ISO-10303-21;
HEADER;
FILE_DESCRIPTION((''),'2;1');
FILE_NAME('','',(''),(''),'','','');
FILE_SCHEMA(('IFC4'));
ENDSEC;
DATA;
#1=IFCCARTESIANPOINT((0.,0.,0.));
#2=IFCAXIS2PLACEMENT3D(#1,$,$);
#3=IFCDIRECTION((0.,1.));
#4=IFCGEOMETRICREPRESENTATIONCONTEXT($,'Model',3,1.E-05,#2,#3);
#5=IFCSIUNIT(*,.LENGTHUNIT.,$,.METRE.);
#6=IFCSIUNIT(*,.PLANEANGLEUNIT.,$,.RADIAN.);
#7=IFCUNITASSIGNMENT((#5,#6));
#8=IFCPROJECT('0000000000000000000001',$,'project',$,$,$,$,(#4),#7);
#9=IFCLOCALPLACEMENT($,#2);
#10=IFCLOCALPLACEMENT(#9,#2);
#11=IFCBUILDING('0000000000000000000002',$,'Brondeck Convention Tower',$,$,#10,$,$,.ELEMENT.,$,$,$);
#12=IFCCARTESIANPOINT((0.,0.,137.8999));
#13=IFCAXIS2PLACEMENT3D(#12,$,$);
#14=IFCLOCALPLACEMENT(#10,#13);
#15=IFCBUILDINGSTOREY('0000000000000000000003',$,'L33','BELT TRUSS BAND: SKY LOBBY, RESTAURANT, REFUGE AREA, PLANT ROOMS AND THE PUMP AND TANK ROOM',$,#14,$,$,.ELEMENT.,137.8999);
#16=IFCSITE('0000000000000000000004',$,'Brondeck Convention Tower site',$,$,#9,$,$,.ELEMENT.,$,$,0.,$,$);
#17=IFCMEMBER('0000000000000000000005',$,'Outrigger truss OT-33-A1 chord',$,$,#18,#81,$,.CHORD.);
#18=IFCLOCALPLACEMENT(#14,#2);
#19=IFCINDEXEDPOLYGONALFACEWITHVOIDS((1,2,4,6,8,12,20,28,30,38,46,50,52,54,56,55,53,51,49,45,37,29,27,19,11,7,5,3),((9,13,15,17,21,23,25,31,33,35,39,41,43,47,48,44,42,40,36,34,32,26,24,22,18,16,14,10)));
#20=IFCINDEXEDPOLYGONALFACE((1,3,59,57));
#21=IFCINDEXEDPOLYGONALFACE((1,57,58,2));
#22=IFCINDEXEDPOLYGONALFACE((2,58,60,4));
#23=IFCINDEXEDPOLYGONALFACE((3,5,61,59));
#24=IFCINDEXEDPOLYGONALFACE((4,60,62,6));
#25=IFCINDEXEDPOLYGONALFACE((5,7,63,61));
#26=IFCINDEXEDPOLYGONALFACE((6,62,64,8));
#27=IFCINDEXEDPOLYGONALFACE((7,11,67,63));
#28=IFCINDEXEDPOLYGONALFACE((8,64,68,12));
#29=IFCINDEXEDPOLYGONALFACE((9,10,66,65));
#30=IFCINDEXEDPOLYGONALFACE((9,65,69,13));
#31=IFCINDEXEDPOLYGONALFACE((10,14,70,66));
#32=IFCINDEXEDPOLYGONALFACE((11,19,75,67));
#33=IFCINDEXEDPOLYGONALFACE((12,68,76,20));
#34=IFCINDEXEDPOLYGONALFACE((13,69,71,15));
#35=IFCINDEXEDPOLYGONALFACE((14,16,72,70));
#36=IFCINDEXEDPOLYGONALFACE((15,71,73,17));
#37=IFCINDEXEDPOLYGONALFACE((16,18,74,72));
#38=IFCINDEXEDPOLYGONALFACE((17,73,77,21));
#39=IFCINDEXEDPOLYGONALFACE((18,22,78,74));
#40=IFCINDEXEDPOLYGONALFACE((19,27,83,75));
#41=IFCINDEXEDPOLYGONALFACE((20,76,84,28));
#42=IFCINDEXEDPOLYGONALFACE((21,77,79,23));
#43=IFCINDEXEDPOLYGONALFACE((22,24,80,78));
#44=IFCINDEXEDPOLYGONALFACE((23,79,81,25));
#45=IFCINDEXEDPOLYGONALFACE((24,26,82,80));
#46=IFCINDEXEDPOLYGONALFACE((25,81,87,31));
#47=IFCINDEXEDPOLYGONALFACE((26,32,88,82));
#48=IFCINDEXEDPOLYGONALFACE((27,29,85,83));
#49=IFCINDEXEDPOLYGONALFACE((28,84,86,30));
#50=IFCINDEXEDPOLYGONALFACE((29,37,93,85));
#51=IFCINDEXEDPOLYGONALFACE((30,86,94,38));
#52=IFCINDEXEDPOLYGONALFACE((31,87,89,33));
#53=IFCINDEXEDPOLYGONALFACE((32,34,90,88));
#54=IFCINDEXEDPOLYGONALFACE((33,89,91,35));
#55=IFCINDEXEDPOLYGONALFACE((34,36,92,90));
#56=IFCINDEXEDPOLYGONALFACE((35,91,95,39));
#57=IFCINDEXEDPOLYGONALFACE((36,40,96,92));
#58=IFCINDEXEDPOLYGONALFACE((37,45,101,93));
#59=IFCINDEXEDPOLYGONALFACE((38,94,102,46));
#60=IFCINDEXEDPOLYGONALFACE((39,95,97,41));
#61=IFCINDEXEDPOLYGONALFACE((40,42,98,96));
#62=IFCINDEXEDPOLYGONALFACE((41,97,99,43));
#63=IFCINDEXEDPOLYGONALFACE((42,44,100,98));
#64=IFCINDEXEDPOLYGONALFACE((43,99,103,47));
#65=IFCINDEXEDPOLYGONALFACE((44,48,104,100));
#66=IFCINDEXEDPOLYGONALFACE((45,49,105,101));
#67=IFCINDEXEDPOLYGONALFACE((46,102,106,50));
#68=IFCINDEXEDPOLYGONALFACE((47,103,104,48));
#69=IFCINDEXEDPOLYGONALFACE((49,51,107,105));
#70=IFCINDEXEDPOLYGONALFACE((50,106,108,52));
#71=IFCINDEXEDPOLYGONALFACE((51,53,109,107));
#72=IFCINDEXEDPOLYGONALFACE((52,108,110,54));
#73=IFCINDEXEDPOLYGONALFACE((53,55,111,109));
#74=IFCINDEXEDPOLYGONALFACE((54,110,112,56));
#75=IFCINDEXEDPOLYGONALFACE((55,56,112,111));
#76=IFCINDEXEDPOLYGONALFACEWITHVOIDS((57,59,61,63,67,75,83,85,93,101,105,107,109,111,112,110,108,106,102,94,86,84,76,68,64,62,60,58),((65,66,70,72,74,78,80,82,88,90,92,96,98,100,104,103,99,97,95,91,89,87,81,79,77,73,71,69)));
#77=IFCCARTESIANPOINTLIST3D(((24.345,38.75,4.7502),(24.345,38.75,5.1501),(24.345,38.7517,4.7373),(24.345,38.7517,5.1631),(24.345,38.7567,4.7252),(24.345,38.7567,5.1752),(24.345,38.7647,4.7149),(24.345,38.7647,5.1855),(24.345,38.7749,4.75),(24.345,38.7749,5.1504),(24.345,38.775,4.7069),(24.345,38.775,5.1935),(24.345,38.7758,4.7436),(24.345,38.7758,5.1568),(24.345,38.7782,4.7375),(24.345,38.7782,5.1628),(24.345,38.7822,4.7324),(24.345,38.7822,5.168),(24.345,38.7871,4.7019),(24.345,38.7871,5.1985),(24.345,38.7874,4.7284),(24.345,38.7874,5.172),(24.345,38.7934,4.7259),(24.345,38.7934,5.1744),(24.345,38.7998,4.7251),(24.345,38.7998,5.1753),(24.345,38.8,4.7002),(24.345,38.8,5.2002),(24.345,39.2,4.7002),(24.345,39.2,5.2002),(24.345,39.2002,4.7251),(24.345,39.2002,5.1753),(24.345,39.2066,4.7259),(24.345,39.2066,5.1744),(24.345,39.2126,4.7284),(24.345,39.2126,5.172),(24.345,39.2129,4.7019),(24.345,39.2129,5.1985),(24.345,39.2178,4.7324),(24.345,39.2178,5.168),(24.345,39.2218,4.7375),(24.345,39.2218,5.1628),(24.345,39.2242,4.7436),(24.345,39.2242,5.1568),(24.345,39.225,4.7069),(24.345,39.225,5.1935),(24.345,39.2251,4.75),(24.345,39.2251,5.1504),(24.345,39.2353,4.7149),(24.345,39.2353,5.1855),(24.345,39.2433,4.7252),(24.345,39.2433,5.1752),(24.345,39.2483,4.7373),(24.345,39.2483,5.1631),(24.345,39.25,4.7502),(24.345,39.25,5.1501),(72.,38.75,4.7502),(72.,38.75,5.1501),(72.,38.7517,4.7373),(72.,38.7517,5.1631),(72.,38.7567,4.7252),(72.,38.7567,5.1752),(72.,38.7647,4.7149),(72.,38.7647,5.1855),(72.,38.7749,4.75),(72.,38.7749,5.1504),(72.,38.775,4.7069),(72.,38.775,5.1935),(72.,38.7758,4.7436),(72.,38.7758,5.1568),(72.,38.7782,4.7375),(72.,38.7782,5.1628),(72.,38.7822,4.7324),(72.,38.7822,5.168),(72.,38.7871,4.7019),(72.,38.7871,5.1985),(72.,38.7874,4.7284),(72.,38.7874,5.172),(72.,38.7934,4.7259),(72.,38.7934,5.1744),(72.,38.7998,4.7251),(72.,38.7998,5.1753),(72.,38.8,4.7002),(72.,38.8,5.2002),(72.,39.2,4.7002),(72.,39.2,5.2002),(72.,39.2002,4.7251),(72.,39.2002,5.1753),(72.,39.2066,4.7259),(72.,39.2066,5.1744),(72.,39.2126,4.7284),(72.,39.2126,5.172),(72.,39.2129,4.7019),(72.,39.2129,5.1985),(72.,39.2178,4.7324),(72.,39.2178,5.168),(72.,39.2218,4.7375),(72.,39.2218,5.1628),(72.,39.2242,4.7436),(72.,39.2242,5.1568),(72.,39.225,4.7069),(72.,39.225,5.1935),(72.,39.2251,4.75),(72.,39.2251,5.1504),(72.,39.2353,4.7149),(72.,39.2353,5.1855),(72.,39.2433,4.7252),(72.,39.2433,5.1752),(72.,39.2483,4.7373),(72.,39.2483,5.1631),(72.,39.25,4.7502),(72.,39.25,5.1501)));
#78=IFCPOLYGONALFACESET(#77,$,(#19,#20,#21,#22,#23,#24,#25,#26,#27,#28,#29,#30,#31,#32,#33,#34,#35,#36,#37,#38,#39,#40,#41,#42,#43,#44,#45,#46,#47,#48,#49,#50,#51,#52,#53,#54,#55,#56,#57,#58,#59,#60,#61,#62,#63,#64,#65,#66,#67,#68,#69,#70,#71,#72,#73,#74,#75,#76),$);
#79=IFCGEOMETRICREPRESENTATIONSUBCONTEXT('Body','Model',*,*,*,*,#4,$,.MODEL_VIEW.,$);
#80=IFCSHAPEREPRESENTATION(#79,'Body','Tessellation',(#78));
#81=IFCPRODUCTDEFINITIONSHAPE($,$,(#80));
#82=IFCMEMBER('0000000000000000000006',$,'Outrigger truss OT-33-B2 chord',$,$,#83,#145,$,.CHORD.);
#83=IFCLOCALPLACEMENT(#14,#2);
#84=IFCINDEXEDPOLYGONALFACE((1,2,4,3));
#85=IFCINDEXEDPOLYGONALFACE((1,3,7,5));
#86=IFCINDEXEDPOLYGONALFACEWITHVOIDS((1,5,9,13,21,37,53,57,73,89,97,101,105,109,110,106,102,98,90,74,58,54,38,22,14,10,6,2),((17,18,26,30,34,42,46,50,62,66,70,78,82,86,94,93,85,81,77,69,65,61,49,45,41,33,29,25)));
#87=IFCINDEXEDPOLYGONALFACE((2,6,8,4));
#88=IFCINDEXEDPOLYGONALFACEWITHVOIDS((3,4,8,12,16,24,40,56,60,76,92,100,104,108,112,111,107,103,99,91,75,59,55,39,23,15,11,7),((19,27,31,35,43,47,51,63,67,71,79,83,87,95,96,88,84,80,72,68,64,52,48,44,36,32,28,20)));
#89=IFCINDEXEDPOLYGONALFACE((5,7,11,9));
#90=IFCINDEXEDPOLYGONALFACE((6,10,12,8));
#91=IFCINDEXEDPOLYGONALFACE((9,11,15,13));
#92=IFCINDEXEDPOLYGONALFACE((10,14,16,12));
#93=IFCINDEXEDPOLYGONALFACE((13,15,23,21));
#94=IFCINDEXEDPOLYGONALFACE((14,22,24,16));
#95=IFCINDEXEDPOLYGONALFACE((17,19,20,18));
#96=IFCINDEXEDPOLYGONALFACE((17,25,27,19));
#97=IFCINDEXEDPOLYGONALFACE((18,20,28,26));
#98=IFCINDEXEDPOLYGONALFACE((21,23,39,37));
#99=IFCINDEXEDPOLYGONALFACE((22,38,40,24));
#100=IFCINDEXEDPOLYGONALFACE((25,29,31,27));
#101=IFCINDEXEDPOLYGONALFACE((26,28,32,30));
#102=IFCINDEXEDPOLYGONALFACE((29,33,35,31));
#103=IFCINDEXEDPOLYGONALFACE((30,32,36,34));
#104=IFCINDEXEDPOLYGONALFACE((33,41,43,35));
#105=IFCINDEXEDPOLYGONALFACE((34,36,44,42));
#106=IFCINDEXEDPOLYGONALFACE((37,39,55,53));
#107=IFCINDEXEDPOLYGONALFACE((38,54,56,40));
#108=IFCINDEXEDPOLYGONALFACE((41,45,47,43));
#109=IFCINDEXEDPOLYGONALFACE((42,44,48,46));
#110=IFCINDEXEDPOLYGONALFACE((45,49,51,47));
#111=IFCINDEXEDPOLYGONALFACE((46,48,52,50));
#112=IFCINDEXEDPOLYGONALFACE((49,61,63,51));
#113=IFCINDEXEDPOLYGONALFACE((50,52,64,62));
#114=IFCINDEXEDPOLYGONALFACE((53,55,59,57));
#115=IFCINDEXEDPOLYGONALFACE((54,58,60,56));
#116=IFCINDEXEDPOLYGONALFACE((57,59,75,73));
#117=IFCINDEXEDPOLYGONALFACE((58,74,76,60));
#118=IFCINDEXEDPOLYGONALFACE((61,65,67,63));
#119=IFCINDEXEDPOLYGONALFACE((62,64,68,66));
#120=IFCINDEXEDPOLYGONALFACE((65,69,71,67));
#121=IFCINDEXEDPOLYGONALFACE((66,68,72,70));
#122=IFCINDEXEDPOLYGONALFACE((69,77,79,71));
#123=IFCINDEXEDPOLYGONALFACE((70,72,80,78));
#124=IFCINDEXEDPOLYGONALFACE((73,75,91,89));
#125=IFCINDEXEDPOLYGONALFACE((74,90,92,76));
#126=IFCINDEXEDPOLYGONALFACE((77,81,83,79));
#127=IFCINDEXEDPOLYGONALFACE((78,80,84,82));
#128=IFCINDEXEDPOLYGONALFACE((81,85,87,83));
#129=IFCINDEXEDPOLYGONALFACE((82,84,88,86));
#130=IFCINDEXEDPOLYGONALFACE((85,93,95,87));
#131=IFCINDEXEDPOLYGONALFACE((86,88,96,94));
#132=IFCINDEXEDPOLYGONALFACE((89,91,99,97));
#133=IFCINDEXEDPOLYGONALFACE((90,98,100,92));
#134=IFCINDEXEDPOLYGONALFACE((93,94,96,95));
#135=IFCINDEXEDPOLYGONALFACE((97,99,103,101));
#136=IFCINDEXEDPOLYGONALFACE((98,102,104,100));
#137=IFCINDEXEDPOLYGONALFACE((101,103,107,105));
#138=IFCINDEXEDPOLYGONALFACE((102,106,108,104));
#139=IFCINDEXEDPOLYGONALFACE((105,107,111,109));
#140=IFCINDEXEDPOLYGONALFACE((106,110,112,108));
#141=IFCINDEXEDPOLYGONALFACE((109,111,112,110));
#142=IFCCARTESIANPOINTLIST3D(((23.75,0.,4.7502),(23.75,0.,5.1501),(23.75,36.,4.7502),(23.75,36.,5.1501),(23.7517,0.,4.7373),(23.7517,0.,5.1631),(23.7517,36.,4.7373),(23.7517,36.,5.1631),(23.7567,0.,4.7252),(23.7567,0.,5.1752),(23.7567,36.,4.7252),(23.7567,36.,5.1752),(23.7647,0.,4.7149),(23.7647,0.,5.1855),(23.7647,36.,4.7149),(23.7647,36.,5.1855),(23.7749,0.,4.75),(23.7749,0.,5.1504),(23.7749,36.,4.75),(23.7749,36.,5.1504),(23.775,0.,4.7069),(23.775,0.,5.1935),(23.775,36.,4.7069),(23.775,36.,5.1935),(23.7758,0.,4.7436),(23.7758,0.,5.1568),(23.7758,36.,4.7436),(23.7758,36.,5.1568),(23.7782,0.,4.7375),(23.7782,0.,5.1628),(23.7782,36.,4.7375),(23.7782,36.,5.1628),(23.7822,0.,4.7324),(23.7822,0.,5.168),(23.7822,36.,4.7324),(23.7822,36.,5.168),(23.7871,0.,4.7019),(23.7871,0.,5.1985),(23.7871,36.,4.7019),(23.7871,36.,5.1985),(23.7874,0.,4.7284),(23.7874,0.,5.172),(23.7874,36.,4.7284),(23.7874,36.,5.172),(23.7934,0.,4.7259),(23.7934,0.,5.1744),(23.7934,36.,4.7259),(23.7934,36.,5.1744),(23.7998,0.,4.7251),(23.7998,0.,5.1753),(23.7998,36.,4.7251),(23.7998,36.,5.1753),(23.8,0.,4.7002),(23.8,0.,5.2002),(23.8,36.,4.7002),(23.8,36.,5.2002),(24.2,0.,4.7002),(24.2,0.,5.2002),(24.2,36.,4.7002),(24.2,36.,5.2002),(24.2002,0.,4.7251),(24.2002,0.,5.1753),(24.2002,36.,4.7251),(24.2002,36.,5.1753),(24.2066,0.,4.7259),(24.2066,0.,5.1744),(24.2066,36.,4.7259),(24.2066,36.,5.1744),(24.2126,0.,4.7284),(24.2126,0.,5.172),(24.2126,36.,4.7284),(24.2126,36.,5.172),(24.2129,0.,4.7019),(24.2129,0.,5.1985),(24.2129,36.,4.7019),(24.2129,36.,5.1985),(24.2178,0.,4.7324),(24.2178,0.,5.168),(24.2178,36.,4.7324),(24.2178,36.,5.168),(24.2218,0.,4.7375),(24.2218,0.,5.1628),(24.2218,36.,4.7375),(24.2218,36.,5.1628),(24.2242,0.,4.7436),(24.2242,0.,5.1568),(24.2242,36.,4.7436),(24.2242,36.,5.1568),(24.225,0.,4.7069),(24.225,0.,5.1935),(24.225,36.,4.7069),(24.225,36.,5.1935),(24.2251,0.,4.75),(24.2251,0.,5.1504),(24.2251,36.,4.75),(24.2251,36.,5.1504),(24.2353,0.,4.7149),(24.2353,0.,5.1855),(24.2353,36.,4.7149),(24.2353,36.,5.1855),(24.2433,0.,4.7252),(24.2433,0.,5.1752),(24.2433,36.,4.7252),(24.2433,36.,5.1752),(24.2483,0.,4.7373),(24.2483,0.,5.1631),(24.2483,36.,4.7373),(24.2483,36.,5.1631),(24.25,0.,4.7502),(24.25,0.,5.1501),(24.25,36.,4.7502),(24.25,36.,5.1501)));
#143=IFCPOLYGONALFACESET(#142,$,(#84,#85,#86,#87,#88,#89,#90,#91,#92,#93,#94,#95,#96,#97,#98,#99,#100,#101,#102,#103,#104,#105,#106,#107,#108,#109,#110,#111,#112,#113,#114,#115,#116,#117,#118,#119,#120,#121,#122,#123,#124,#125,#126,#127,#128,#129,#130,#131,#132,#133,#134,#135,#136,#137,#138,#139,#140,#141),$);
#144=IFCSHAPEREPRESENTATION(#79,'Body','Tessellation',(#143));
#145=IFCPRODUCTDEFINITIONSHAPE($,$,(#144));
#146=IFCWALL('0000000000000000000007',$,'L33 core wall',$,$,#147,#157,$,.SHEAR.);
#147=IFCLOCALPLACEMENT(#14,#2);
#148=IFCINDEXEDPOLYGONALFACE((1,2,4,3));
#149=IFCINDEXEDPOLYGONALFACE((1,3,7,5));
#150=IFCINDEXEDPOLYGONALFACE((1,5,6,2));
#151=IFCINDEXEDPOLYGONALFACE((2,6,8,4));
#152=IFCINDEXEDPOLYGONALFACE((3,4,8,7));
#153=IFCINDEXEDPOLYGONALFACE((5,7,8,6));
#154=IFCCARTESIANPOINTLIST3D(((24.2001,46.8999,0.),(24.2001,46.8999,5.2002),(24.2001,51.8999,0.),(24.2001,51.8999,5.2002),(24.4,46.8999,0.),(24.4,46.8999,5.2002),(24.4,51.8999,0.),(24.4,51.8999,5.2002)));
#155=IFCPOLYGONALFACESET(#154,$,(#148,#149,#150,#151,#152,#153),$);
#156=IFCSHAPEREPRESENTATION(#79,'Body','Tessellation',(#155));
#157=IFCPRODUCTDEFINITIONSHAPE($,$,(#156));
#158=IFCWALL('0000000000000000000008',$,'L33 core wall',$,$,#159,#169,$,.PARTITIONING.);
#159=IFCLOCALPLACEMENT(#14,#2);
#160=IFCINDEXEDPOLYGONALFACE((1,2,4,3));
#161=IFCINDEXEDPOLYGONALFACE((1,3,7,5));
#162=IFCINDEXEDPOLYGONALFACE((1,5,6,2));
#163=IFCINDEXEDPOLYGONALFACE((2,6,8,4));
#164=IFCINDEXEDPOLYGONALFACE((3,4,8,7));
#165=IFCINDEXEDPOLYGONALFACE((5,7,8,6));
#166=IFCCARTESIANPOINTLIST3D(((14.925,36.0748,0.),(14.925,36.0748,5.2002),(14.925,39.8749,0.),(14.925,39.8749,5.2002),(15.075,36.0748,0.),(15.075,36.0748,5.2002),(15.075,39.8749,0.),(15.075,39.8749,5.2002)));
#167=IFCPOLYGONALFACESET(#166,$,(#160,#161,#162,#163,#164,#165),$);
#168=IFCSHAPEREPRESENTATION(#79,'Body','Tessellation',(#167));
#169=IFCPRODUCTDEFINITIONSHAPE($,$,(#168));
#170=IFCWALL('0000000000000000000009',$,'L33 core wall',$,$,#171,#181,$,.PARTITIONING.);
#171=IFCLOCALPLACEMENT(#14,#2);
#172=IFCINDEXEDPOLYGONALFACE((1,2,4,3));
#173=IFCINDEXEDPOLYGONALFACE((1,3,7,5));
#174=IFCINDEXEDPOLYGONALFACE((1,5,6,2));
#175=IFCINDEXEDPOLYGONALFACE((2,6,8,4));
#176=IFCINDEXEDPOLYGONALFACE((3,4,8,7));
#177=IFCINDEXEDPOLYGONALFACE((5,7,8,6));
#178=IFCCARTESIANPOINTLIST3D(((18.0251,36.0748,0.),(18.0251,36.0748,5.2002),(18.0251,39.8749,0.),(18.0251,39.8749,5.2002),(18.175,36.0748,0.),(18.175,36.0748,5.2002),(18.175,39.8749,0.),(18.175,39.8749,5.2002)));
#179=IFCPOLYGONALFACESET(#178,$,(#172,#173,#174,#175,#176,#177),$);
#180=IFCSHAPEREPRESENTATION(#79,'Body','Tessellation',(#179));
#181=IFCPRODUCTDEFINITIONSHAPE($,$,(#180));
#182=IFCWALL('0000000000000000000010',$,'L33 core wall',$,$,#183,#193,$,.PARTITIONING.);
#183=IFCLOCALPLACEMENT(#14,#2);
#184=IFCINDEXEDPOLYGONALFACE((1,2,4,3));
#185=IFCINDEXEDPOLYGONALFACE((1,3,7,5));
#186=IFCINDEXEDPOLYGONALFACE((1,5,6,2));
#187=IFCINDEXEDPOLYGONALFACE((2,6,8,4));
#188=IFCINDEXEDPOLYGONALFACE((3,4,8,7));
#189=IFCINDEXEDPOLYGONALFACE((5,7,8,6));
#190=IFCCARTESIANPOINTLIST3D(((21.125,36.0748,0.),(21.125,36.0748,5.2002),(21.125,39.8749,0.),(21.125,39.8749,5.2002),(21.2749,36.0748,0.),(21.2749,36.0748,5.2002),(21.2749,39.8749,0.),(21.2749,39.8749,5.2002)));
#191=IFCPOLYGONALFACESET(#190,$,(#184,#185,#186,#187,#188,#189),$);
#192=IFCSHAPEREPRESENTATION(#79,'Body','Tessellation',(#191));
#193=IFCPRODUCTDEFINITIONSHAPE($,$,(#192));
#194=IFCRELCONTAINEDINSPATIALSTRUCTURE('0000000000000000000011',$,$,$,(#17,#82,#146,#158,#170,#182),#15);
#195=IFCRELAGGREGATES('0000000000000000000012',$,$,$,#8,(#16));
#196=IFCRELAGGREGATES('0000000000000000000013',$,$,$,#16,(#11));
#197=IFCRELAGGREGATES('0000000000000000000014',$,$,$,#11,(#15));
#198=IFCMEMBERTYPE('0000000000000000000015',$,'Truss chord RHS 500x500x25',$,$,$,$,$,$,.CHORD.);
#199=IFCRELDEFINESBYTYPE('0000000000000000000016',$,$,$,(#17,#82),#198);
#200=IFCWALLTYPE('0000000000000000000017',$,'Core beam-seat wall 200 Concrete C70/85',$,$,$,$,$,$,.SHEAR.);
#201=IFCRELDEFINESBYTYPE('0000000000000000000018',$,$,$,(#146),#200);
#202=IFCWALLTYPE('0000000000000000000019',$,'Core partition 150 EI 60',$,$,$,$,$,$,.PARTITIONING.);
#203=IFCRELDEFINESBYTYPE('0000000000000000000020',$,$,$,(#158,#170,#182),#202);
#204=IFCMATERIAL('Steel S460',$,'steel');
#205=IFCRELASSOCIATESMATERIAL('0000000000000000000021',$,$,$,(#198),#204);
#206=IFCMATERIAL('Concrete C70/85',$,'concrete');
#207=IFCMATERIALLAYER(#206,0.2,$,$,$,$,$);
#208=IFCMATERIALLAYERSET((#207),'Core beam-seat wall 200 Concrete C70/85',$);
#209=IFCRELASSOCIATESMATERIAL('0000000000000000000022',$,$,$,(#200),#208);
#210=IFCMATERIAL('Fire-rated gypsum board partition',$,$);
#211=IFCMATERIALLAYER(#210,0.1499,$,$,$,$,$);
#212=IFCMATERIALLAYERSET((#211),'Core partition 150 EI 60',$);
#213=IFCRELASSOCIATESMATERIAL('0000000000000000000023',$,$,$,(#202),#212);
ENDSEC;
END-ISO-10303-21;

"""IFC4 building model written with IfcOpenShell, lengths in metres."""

from ifc_helpers import new_model, si_unit, direction, frame, frame_2d, origin, origin_2d, place, context, subcontext, project, spatial, rectangle, hollow_rectangle, extrude, material, layer, layer_set, material_profile, profile_set, type_object, element, save


model = new_model("IFC4")

# Units and contexts
model_context = context("Model", 3, precision=1e-05, world=origin(), true_north=direction((0.0, 1.0)))
body_context = subcontext(model_context, "Body", "Model", "MODEL_VIEW")
ifc_project = project(units=[si_unit("LENGTHUNIT", "METRE"), si_unit("PLANEANGLEUNIT", "RADIAN")], contexts=[model_context])

# Site, building, storey
site_placement = place(None, origin())
site = spatial("IfcSite", under=ifc_project, at=site_placement, Name="Brondeck Convention Tower site", CompositionType="ELEMENT", RefElevation=0.0)
building_placement = place(site_placement, origin())
building = spatial("IfcBuilding", under=site, at=building_placement, Name="Brondeck Convention Tower", CompositionType="ELEMENT")
storey_placement = place(building_placement, frame((0.0, 0.0, 137.8999)))
storey = spatial("IfcBuildingStorey", under=building, at=storey_placement, Name="L33", Description="BELT TRUSS BAND: SKY LOBBY, RESTAURANT, REFUGE AREA, PLANT ROOMS AND THE PUMP AND TANK ROOM", CompositionType="ELEMENT", Elevation=137.8999)

# Members
ifc_material_1 = material(Name="Steel S460", Category="steel")
ifc_material_profile = material_profile(ifc_material_1, hollow_rectangle(XDim=0.5, YDim=0.5, WallThickness=0.0249, InnerFilletRadius=0.0249, OuterFilletRadius=0.05, at=origin_2d()), Name="RHS 500x500x25")
ifc_profile_set = profile_set([ifc_material_profile], Name="Steel S460")
member_type = type_object("IfcMemberType", Name="Truss chord RHS 500x500x25", PredefinedType="CHORD", material=ifc_profile_set)
member_1_placement = place(storey_placement, frame((24.345, 39.0, 4.9502), z_axis=(1.0, 0.0, 0.0), x_axis=(0.0, 1.0, 0.0)))
element("IfcMember", 1, at=member_1_placement, inside=storey, type_object=member_type, Name="Outrigger truss OT-33-A1 chord", PredefinedType="CHORD", context=body_context, shape_type="SweptSolid", body=[
    extrude(hollow_rectangle(XDim=0.5, YDim=0.5, WallThickness=0.0249, InnerFilletRadius=0.0249, OuterFilletRadius=0.05, at=origin_2d()), origin(), (0.0, 0.0, 1.0), 47.655),
])
member_2_placement = place(storey_placement, frame((24.0, 36.0, 4.9502), z_axis=(0.0, -1.0, 0.0), x_axis=(1.0, 0.0, 0.0)))
element("IfcMember", 2, at=member_2_placement, inside=storey, type_object=member_type, Name="Outrigger truss OT-33-B2 chord", PredefinedType="CHORD", context=body_context, shape_type="SweptSolid", body=[
    extrude(hollow_rectangle(XDim=0.5, YDim=0.5, WallThickness=0.0249, InnerFilletRadius=0.0249, OuterFilletRadius=0.05, at=origin_2d()), origin(), (0.0, 0.0, 1.0), 36.0),
])

# Walls
ifc_material_2 = material(Name="Concrete C70/85", Category="concrete")
ifc_layer_1 = layer(ifc_material_2, 0.2)
ifc_layer_set_1 = layer_set([ifc_layer_1], Name="Core beam-seat wall 200 Concrete C70/85")
wall_type_1 = type_object("IfcWallType", Name="Core beam-seat wall 200 Concrete C70/85", PredefinedType="SHEAR", material=ifc_layer_set_1)
wall_1_placement = place(storey_placement, frame((24.3, 46.8999, 0.0), z_axis=(0.0, 0.0, 1.0), x_axis=(0.0, 1.0, 0.0)))
element("IfcWall", 3, at=wall_1_placement, inside=storey, type_object=wall_type_1, Name="L33 core wall", PredefinedType="SHEAR", context=body_context, shape_type="SweptSolid", body=[
    extrude(rectangle(XDim=5.0, YDim=0.2, at=frame_2d((2.5, 0.0))), origin(), (0.0, 0.0, 1.0), 5.2002),
])
ifc_material_3 = material(Name="Fire-rated gypsum board partition")
ifc_layer_2 = layer(ifc_material_3, 0.1499)
ifc_layer_set_2 = layer_set([ifc_layer_2], Name="Core partition 150 EI 60")
wall_type_2 = type_object("IfcWallType", Name="Core partition 150 EI 60", PredefinedType="PARTITIONING", material=ifc_layer_set_2)
for number, where, z_axis, x_axis, name in (
    (4, (15.0, 36.075, 0.0), (0.0, 0.0, 1.0), (0.0, 1.0, 0.0), "L33 core wall"),
    (5, (18.1001, 36.075, 0.0), (0.0, 0.0, 1.0), (0.0, 1.0, 0.0), "L33 core wall"),
    (6, (21.2, 36.075, 0.0), (0.0, 0.0, 1.0), (0.0, 1.0, 0.0), "L33 core wall"),
):
    element("IfcWall", number, at=place(storey_placement, frame(where, z_axis=z_axis, x_axis=x_axis)), inside=storey, type_object=wall_type_2, Name=name, PredefinedType="PARTITIONING", context=body_context, shape_type="SweptSolid", body=[
        extrude(rectangle(XDim=3.8, YDim=0.1499, at=frame_2d((1.8999, 0.0))), origin(), (0.0, 0.0, 1.0), 5.2002),
    ])

save(model, "model.ifc")
